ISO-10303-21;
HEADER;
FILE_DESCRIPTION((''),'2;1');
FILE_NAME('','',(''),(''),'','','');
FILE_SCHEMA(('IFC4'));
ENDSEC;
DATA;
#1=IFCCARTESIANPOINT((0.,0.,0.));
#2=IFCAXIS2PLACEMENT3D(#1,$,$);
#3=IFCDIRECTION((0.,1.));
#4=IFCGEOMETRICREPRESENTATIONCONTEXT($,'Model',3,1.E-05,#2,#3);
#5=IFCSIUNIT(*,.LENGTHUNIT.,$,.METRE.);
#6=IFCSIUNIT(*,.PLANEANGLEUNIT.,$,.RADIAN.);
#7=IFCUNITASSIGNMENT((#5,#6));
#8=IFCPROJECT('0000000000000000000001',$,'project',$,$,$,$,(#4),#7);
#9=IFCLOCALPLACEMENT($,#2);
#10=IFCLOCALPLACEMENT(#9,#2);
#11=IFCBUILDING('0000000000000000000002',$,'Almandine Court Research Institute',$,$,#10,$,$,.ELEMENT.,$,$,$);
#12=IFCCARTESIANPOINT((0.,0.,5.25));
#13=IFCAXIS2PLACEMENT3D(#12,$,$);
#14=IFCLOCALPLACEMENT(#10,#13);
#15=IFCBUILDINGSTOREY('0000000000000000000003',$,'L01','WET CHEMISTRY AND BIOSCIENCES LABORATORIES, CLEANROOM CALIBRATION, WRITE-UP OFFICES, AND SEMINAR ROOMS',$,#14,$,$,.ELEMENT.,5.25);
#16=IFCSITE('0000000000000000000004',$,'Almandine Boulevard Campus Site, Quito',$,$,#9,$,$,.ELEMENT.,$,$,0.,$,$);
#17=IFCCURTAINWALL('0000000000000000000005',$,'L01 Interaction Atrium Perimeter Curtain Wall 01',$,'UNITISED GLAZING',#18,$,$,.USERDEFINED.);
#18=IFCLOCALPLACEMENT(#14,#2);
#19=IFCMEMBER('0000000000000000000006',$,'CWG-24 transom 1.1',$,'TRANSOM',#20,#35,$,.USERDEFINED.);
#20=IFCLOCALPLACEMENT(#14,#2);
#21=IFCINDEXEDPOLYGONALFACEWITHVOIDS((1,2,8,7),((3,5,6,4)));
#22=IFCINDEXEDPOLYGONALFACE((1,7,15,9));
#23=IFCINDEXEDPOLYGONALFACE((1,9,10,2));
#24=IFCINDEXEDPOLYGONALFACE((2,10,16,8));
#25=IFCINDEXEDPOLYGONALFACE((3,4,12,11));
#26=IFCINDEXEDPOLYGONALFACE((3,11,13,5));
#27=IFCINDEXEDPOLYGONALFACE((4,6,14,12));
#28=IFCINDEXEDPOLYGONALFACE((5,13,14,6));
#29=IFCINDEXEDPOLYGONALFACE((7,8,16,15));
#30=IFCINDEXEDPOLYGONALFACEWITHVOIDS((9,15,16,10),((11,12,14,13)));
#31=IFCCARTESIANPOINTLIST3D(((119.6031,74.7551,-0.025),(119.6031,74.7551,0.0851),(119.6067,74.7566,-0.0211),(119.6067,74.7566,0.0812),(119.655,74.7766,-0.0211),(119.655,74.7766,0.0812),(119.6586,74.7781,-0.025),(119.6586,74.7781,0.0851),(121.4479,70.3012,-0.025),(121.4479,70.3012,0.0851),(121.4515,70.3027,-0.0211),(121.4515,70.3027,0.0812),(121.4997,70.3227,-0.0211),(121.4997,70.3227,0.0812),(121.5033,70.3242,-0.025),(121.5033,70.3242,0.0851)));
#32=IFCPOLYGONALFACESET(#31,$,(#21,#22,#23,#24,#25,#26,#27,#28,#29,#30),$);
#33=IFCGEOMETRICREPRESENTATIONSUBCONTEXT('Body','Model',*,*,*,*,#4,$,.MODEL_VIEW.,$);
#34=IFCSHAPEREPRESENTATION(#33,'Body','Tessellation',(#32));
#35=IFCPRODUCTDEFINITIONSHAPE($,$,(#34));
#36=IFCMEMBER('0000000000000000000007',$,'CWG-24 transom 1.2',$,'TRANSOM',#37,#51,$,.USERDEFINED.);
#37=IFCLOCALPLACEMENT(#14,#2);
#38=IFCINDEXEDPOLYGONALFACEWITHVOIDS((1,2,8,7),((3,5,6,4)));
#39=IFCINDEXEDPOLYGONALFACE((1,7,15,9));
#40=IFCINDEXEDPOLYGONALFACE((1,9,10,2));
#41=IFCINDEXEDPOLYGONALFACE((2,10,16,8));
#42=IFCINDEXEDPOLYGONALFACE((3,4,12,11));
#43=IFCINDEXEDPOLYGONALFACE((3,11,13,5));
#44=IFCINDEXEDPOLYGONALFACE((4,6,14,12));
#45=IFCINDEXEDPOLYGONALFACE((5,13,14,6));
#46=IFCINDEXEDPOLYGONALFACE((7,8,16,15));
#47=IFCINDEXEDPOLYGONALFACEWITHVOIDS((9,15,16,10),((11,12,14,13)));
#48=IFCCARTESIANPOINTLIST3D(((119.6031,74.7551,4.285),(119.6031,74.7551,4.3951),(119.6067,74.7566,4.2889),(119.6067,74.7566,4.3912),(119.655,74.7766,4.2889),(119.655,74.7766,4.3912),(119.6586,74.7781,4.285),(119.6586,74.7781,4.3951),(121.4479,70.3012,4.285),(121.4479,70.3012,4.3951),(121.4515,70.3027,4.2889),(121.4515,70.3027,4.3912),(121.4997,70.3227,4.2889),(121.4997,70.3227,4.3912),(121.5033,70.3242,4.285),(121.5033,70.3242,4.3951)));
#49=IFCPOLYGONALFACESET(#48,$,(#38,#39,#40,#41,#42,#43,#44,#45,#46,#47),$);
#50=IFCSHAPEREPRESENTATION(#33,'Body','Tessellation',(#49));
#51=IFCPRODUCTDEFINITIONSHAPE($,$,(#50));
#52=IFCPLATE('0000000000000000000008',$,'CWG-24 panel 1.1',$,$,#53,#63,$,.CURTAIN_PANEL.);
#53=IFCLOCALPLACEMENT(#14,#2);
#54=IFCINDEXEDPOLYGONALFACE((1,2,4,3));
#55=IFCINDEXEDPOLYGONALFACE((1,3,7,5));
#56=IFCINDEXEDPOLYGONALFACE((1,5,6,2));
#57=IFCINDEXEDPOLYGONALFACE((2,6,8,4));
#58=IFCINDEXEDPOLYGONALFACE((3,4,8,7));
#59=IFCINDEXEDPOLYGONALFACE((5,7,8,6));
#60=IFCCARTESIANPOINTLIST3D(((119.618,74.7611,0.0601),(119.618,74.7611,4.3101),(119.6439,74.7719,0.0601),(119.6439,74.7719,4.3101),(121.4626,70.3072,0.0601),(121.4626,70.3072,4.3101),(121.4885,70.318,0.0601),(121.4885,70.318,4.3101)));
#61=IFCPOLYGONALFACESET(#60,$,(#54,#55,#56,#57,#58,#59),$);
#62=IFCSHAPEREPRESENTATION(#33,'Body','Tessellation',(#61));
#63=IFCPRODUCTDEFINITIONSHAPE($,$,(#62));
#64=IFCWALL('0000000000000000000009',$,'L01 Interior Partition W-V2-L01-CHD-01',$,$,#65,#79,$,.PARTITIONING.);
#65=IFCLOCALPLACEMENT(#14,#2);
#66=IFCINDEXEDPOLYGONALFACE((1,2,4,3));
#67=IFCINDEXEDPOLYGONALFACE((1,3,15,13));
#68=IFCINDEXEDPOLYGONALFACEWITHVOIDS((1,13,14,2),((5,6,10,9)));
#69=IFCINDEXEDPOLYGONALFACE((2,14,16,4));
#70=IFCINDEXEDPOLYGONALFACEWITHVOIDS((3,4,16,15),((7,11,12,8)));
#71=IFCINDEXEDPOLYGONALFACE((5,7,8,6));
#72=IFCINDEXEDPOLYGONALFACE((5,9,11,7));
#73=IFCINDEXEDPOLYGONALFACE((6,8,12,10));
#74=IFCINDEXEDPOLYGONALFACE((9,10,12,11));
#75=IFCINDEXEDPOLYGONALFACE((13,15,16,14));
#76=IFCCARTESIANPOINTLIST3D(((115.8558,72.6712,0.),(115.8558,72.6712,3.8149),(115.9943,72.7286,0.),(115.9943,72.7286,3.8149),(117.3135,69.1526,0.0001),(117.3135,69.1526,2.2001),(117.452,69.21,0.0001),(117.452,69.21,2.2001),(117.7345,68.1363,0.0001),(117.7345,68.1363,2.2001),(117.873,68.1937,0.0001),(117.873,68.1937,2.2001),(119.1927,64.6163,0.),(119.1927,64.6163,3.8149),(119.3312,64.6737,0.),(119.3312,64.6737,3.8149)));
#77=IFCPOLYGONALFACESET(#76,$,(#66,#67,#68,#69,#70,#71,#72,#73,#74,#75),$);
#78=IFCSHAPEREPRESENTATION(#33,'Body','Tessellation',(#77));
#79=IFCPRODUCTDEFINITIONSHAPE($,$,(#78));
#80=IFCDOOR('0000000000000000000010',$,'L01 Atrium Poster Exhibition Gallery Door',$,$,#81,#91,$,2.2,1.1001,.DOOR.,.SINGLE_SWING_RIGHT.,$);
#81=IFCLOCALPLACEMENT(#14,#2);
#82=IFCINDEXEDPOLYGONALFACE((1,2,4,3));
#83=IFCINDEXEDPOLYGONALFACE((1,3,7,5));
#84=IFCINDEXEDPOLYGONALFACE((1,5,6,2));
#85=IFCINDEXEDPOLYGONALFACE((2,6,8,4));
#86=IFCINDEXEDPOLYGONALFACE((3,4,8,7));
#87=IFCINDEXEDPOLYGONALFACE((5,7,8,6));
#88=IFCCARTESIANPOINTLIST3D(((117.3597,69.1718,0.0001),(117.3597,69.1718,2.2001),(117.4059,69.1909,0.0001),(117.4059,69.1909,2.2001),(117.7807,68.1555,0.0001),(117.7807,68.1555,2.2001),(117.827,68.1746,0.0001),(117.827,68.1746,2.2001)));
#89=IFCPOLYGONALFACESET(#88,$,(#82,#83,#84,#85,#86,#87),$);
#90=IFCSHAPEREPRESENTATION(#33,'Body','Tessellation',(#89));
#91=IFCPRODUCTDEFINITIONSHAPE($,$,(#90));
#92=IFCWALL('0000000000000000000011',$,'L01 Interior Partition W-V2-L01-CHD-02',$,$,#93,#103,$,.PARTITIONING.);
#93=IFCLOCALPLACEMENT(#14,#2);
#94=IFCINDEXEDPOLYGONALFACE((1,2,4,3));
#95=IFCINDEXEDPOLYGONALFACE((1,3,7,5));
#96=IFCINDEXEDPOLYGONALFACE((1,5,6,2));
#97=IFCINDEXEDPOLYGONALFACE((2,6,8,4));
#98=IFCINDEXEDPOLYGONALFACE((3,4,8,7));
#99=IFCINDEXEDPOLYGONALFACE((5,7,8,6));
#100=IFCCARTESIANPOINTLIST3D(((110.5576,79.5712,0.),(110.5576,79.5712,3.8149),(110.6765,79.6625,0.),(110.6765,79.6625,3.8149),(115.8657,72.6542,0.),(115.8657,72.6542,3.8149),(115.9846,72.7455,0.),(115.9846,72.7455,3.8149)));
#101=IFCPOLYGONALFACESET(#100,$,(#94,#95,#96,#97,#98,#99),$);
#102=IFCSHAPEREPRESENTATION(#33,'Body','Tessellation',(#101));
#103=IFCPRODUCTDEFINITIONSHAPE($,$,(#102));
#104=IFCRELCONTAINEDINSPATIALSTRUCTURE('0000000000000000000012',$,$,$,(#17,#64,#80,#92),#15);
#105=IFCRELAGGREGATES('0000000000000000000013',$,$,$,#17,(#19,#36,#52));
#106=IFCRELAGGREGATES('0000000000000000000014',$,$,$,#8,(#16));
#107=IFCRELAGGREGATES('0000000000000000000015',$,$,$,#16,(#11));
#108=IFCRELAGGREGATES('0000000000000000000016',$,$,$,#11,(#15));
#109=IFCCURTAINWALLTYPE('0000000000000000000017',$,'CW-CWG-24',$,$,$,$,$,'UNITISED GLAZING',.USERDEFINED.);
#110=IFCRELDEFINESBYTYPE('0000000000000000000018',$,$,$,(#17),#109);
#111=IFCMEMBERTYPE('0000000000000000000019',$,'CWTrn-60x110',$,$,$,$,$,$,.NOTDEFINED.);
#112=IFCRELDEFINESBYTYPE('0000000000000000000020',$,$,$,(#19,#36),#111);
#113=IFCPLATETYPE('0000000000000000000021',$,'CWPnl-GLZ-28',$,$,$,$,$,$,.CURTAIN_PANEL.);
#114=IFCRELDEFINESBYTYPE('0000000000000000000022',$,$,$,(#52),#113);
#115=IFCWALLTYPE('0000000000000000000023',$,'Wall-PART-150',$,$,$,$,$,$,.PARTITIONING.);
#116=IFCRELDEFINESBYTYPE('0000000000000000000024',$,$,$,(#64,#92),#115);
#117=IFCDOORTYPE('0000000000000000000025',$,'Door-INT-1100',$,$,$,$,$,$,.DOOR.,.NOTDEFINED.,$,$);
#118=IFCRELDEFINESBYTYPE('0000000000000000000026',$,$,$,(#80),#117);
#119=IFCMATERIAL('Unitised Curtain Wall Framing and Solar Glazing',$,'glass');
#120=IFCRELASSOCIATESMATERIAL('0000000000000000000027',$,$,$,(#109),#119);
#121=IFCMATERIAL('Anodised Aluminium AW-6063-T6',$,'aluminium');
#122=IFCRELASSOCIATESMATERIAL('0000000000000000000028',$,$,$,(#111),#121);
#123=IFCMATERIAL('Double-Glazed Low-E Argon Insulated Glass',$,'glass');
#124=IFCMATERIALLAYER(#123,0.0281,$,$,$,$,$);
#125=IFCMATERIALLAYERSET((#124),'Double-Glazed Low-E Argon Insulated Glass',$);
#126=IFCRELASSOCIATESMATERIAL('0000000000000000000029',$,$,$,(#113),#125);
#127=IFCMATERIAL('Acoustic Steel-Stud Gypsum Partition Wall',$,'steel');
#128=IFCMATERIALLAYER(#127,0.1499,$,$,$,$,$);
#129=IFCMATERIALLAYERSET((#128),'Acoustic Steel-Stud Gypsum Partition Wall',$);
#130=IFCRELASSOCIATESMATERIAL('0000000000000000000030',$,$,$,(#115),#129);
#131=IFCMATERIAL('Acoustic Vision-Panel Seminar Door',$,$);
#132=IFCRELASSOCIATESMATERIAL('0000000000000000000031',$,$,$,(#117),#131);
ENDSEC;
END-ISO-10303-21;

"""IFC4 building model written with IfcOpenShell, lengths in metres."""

from ifc_helpers import new_model, si_unit, direction, frame, frame_2d, origin, origin_2d, place, context, subcontext, project, spatial, rectangle, hollow_rectangle, extrude, material, layer, layer_set, material_profile, profile_set, type_object, element, fill, aggregate, save


model = new_model("IFC4")

# Units and contexts
model_context = context("Model", 3, precision=1e-05, world=origin(), true_north=direction((0.0, 1.0)))
body_context = subcontext(model_context, "Body", "Model", "MODEL_VIEW")
ifc_project = project(units=[si_unit("LENGTHUNIT", "METRE"), si_unit("PLANEANGLEUNIT", "RADIAN")], contexts=[model_context])

# Site, building, storey
site_placement = place(None, origin())
site = spatial("IfcSite", under=ifc_project, at=site_placement, Name="Almandine Boulevard Campus Site, Quito", CompositionType="ELEMENT", RefElevation=0.0)
building_placement = place(site_placement, origin())
building = spatial("IfcBuilding", under=site, at=building_placement, Name="Almandine Court Research Institute", CompositionType="ELEMENT")
storey_placement = place(building_placement, frame((0.0, 0.0, 5.25)))
storey = spatial("IfcBuildingStorey", under=building, at=storey_placement, Name="L01", Description="WET CHEMISTRY AND BIOSCIENCES LABORATORIES, CLEANROOM CALIBRATION, WRITE-UP OFFICES, AND SEMINAR ROOMS", CompositionType="ELEMENT", Elevation=5.25)

# Curtain wall, members, plate
ifc_material_1 = material(Name="Unitised Curtain Wall Framing and Solar Glazing", Category="glass")
curtain_wall_type = type_object("IfcCurtainWallType", Name="CW-CWG-24", ElementType="UNITISED GLAZING", PredefinedType="USERDEFINED", material=ifc_material_1)
curtain_wall_placement = place(storey_placement, origin())
curtain_wall = element("IfcCurtainWall", 1, at=curtain_wall_placement, inside=storey, type_object=curtain_wall_type, Name="L01 Interaction Atrium Perimeter Curtain Wall 01", ObjectType="UNITISED GLAZING", PredefinedType="USERDEFINED")
ifc_material_2 = material(Name="Anodised Aluminium AW-6063-T6", Category="aluminium")
ifc_material_profile_1 = material_profile(ifc_material_2, hollow_rectangle(XDim=0.0601, YDim=0.1101, WallThickness=0.0039, at=origin_2d()), Name="ALU RHS 60x110x4")
ifc_profile_set_1 = profile_set([ifc_material_profile_1], Name="Anodised Aluminium AW-6063-T6")
member_type_1 = type_object("IfcMemberType", Name="CWTrn-60x110", PredefinedType="NOTDEFINED", material=ifc_profile_set_1)
member_1_placement = place(storey_placement, frame((119.6309, 74.7666, 0.03), z_axis=(0.382662, -0.923888, 0.0), x_axis=(0.923888, 0.382662, 0.0)))
member_1 = element("IfcMember", 2, at=member_1_placement, type_object=member_type_1, Name="CWG-24 transom 1.1", ObjectType="TRANSOM", PredefinedType="USERDEFINED", context=body_context, shape_type="SweptSolid", body=[
    extrude(hollow_rectangle(XDim=0.0601, YDim=0.1101, WallThickness=0.0039, at=origin_2d()), origin(), (0.0, 0.0, 1.0), 4.8208),
])
member_2_placement = place(storey_placement, frame((119.6309, 74.7666, 4.3401), z_axis=(0.382662, -0.923888, 0.0), x_axis=(0.923888, 0.382662, 0.0)))
member_2 = element("IfcMember", 3, at=member_2_placement, type_object=member_type_1, Name="CWG-24 transom 1.2", ObjectType="TRANSOM", PredefinedType="USERDEFINED", context=body_context, shape_type="SweptSolid", body=[
    extrude(hollow_rectangle(XDim=0.0601, YDim=0.1101, WallThickness=0.0039, at=origin_2d()), origin(), (0.0, 0.0, 1.0), 4.8208),
])
ifc_material_3 = material(Name="Double-Glazed Low-E Argon Insulated Glass", Category="glass")
ifc_layer_1 = layer(ifc_material_3, 0.0281)
ifc_layer_set_1 = layer_set([ifc_layer_1], Name="Double-Glazed Low-E Argon Insulated Glass")
plate_type = type_object("IfcPlateType", Name="CWPnl-GLZ-28", PredefinedType="CURTAIN_PANEL", material=ifc_layer_set_1)
plate_placement = place(storey_placement, frame((120.5532, 72.5396, 0.0601), z_axis=(0.0, 0.0, 1.0), x_axis=(0.382634, -0.9239, 0.0)))
plate = element("IfcPlate", 4, at=plate_placement, type_object=plate_type, Name="CWG-24 panel 1.1", PredefinedType="CURTAIN_PANEL", context=body_context, shape_type="SweptSolid", body=[
    extrude(rectangle(XDim=4.8208, YDim=0.0281, at=origin_2d()), origin(), (0.0, 0.0, 1.0), 4.25),
])
aggregate(curtain_wall, [member_1, member_2, plate])

# Wall, opening, door
ifc_material_4 = material(Name="Acoustic Steel-Stud Gypsum Partition Wall", Category="steel")
ifc_layer_2 = layer(ifc_material_4, 0.1499)
ifc_layer_set_2 = layer_set([ifc_layer_2], Name="Acoustic Steel-Stud Gypsum Partition Wall")
wall_type = type_object("IfcWallType", Name="Wall-PART-150", PredefinedType="PARTITIONING", material=ifc_layer_set_2)
wall_1_placement = place(storey_placement, frame((119.262, 64.645, 0.0), z_axis=(0.0, 0.0, 1.0), x_axis=(-0.382728, 0.923861, 0.0)))
wall_1 = element("IfcWall", 5, at=wall_1_placement, inside=storey, type_object=wall_type, Name="L01 Interior Partition W-V2-L01-CHD-01", PredefinedType="PARTITIONING", context=body_context, shape_type="SweptSolid", body=[
    extrude(rectangle(XDim=8.7188, YDim=0.1499, at=frame_2d((4.3594, 0.0))), origin(), (0.0, 0.0, 1.0), 3.8149),
])
opening_placement = place(wall_1_placement, frame((3.8101, 0.0, 0.0)))
opening = element("IfcOpeningElement", 6, at=opening_placement, cuts=wall_1, PredefinedType="OPENING", context=body_context, shape_type="SweptSolid", body=[
    extrude(rectangle(XDim=1.1001, YDim=2.2, at=frame_2d((0.55, 1.1001))), frame((0.0, 0.085, 0.0), z_axis=(0.0, -1.0, 0.0), x_axis=(1.0, 0.0, 0.0)), (0.0, 0.0, 1.0), 0.1699),
])
ifc_material_5 = material(Name="Acoustic Vision-Panel Seminar Door")
door_type = type_object("IfcDoorType", Name="Door-INT-1100", OperationType="NOTDEFINED", PredefinedType="DOOR", material=ifc_material_5)
door_placement = place(opening_placement, origin())
door = element("IfcDoor", 7, at=door_placement, inside=storey, type_object=door_type, Name="L01 Atrium Poster Exhibition Gallery Door", OperationType="SINGLE_SWING_RIGHT", OverallHeight=2.2, OverallWidth=1.1001, PredefinedType="DOOR", context=body_context, shape_type="SweptSolid", body=[
    extrude(rectangle(XDim=1.1001, YDim=2.2, at=frame_2d((0.55, 1.1001))), frame((0.0, 0.0249, 0.0), z_axis=(0.0, -1.0, 0.0), x_axis=(1.0, 0.0, 0.0)), (0.0, 0.0, 1.0), 0.05),
])
fill(opening, door)

# Wall
wall_2_placement = place(storey_placement, frame((115.925, 72.7, 0.0), z_axis=(0.0, 0.0, 1.0), x_axis=(-0.608798, 0.793325, 0.0)))
element("IfcWall", 8, at=wall_2_placement, inside=storey, type_object=wall_type, Name="L01 Interior Partition W-V2-L01-CHD-02", PredefinedType="PARTITIONING", context=body_context, shape_type="SweptSolid", body=[
    extrude(rectangle(XDim=8.719, YDim=0.1499, at=frame_2d((4.3594, 0.0))), origin(), (0.0, 0.0, 1.0), 3.8149),
])

save(model, "model.ifc")
